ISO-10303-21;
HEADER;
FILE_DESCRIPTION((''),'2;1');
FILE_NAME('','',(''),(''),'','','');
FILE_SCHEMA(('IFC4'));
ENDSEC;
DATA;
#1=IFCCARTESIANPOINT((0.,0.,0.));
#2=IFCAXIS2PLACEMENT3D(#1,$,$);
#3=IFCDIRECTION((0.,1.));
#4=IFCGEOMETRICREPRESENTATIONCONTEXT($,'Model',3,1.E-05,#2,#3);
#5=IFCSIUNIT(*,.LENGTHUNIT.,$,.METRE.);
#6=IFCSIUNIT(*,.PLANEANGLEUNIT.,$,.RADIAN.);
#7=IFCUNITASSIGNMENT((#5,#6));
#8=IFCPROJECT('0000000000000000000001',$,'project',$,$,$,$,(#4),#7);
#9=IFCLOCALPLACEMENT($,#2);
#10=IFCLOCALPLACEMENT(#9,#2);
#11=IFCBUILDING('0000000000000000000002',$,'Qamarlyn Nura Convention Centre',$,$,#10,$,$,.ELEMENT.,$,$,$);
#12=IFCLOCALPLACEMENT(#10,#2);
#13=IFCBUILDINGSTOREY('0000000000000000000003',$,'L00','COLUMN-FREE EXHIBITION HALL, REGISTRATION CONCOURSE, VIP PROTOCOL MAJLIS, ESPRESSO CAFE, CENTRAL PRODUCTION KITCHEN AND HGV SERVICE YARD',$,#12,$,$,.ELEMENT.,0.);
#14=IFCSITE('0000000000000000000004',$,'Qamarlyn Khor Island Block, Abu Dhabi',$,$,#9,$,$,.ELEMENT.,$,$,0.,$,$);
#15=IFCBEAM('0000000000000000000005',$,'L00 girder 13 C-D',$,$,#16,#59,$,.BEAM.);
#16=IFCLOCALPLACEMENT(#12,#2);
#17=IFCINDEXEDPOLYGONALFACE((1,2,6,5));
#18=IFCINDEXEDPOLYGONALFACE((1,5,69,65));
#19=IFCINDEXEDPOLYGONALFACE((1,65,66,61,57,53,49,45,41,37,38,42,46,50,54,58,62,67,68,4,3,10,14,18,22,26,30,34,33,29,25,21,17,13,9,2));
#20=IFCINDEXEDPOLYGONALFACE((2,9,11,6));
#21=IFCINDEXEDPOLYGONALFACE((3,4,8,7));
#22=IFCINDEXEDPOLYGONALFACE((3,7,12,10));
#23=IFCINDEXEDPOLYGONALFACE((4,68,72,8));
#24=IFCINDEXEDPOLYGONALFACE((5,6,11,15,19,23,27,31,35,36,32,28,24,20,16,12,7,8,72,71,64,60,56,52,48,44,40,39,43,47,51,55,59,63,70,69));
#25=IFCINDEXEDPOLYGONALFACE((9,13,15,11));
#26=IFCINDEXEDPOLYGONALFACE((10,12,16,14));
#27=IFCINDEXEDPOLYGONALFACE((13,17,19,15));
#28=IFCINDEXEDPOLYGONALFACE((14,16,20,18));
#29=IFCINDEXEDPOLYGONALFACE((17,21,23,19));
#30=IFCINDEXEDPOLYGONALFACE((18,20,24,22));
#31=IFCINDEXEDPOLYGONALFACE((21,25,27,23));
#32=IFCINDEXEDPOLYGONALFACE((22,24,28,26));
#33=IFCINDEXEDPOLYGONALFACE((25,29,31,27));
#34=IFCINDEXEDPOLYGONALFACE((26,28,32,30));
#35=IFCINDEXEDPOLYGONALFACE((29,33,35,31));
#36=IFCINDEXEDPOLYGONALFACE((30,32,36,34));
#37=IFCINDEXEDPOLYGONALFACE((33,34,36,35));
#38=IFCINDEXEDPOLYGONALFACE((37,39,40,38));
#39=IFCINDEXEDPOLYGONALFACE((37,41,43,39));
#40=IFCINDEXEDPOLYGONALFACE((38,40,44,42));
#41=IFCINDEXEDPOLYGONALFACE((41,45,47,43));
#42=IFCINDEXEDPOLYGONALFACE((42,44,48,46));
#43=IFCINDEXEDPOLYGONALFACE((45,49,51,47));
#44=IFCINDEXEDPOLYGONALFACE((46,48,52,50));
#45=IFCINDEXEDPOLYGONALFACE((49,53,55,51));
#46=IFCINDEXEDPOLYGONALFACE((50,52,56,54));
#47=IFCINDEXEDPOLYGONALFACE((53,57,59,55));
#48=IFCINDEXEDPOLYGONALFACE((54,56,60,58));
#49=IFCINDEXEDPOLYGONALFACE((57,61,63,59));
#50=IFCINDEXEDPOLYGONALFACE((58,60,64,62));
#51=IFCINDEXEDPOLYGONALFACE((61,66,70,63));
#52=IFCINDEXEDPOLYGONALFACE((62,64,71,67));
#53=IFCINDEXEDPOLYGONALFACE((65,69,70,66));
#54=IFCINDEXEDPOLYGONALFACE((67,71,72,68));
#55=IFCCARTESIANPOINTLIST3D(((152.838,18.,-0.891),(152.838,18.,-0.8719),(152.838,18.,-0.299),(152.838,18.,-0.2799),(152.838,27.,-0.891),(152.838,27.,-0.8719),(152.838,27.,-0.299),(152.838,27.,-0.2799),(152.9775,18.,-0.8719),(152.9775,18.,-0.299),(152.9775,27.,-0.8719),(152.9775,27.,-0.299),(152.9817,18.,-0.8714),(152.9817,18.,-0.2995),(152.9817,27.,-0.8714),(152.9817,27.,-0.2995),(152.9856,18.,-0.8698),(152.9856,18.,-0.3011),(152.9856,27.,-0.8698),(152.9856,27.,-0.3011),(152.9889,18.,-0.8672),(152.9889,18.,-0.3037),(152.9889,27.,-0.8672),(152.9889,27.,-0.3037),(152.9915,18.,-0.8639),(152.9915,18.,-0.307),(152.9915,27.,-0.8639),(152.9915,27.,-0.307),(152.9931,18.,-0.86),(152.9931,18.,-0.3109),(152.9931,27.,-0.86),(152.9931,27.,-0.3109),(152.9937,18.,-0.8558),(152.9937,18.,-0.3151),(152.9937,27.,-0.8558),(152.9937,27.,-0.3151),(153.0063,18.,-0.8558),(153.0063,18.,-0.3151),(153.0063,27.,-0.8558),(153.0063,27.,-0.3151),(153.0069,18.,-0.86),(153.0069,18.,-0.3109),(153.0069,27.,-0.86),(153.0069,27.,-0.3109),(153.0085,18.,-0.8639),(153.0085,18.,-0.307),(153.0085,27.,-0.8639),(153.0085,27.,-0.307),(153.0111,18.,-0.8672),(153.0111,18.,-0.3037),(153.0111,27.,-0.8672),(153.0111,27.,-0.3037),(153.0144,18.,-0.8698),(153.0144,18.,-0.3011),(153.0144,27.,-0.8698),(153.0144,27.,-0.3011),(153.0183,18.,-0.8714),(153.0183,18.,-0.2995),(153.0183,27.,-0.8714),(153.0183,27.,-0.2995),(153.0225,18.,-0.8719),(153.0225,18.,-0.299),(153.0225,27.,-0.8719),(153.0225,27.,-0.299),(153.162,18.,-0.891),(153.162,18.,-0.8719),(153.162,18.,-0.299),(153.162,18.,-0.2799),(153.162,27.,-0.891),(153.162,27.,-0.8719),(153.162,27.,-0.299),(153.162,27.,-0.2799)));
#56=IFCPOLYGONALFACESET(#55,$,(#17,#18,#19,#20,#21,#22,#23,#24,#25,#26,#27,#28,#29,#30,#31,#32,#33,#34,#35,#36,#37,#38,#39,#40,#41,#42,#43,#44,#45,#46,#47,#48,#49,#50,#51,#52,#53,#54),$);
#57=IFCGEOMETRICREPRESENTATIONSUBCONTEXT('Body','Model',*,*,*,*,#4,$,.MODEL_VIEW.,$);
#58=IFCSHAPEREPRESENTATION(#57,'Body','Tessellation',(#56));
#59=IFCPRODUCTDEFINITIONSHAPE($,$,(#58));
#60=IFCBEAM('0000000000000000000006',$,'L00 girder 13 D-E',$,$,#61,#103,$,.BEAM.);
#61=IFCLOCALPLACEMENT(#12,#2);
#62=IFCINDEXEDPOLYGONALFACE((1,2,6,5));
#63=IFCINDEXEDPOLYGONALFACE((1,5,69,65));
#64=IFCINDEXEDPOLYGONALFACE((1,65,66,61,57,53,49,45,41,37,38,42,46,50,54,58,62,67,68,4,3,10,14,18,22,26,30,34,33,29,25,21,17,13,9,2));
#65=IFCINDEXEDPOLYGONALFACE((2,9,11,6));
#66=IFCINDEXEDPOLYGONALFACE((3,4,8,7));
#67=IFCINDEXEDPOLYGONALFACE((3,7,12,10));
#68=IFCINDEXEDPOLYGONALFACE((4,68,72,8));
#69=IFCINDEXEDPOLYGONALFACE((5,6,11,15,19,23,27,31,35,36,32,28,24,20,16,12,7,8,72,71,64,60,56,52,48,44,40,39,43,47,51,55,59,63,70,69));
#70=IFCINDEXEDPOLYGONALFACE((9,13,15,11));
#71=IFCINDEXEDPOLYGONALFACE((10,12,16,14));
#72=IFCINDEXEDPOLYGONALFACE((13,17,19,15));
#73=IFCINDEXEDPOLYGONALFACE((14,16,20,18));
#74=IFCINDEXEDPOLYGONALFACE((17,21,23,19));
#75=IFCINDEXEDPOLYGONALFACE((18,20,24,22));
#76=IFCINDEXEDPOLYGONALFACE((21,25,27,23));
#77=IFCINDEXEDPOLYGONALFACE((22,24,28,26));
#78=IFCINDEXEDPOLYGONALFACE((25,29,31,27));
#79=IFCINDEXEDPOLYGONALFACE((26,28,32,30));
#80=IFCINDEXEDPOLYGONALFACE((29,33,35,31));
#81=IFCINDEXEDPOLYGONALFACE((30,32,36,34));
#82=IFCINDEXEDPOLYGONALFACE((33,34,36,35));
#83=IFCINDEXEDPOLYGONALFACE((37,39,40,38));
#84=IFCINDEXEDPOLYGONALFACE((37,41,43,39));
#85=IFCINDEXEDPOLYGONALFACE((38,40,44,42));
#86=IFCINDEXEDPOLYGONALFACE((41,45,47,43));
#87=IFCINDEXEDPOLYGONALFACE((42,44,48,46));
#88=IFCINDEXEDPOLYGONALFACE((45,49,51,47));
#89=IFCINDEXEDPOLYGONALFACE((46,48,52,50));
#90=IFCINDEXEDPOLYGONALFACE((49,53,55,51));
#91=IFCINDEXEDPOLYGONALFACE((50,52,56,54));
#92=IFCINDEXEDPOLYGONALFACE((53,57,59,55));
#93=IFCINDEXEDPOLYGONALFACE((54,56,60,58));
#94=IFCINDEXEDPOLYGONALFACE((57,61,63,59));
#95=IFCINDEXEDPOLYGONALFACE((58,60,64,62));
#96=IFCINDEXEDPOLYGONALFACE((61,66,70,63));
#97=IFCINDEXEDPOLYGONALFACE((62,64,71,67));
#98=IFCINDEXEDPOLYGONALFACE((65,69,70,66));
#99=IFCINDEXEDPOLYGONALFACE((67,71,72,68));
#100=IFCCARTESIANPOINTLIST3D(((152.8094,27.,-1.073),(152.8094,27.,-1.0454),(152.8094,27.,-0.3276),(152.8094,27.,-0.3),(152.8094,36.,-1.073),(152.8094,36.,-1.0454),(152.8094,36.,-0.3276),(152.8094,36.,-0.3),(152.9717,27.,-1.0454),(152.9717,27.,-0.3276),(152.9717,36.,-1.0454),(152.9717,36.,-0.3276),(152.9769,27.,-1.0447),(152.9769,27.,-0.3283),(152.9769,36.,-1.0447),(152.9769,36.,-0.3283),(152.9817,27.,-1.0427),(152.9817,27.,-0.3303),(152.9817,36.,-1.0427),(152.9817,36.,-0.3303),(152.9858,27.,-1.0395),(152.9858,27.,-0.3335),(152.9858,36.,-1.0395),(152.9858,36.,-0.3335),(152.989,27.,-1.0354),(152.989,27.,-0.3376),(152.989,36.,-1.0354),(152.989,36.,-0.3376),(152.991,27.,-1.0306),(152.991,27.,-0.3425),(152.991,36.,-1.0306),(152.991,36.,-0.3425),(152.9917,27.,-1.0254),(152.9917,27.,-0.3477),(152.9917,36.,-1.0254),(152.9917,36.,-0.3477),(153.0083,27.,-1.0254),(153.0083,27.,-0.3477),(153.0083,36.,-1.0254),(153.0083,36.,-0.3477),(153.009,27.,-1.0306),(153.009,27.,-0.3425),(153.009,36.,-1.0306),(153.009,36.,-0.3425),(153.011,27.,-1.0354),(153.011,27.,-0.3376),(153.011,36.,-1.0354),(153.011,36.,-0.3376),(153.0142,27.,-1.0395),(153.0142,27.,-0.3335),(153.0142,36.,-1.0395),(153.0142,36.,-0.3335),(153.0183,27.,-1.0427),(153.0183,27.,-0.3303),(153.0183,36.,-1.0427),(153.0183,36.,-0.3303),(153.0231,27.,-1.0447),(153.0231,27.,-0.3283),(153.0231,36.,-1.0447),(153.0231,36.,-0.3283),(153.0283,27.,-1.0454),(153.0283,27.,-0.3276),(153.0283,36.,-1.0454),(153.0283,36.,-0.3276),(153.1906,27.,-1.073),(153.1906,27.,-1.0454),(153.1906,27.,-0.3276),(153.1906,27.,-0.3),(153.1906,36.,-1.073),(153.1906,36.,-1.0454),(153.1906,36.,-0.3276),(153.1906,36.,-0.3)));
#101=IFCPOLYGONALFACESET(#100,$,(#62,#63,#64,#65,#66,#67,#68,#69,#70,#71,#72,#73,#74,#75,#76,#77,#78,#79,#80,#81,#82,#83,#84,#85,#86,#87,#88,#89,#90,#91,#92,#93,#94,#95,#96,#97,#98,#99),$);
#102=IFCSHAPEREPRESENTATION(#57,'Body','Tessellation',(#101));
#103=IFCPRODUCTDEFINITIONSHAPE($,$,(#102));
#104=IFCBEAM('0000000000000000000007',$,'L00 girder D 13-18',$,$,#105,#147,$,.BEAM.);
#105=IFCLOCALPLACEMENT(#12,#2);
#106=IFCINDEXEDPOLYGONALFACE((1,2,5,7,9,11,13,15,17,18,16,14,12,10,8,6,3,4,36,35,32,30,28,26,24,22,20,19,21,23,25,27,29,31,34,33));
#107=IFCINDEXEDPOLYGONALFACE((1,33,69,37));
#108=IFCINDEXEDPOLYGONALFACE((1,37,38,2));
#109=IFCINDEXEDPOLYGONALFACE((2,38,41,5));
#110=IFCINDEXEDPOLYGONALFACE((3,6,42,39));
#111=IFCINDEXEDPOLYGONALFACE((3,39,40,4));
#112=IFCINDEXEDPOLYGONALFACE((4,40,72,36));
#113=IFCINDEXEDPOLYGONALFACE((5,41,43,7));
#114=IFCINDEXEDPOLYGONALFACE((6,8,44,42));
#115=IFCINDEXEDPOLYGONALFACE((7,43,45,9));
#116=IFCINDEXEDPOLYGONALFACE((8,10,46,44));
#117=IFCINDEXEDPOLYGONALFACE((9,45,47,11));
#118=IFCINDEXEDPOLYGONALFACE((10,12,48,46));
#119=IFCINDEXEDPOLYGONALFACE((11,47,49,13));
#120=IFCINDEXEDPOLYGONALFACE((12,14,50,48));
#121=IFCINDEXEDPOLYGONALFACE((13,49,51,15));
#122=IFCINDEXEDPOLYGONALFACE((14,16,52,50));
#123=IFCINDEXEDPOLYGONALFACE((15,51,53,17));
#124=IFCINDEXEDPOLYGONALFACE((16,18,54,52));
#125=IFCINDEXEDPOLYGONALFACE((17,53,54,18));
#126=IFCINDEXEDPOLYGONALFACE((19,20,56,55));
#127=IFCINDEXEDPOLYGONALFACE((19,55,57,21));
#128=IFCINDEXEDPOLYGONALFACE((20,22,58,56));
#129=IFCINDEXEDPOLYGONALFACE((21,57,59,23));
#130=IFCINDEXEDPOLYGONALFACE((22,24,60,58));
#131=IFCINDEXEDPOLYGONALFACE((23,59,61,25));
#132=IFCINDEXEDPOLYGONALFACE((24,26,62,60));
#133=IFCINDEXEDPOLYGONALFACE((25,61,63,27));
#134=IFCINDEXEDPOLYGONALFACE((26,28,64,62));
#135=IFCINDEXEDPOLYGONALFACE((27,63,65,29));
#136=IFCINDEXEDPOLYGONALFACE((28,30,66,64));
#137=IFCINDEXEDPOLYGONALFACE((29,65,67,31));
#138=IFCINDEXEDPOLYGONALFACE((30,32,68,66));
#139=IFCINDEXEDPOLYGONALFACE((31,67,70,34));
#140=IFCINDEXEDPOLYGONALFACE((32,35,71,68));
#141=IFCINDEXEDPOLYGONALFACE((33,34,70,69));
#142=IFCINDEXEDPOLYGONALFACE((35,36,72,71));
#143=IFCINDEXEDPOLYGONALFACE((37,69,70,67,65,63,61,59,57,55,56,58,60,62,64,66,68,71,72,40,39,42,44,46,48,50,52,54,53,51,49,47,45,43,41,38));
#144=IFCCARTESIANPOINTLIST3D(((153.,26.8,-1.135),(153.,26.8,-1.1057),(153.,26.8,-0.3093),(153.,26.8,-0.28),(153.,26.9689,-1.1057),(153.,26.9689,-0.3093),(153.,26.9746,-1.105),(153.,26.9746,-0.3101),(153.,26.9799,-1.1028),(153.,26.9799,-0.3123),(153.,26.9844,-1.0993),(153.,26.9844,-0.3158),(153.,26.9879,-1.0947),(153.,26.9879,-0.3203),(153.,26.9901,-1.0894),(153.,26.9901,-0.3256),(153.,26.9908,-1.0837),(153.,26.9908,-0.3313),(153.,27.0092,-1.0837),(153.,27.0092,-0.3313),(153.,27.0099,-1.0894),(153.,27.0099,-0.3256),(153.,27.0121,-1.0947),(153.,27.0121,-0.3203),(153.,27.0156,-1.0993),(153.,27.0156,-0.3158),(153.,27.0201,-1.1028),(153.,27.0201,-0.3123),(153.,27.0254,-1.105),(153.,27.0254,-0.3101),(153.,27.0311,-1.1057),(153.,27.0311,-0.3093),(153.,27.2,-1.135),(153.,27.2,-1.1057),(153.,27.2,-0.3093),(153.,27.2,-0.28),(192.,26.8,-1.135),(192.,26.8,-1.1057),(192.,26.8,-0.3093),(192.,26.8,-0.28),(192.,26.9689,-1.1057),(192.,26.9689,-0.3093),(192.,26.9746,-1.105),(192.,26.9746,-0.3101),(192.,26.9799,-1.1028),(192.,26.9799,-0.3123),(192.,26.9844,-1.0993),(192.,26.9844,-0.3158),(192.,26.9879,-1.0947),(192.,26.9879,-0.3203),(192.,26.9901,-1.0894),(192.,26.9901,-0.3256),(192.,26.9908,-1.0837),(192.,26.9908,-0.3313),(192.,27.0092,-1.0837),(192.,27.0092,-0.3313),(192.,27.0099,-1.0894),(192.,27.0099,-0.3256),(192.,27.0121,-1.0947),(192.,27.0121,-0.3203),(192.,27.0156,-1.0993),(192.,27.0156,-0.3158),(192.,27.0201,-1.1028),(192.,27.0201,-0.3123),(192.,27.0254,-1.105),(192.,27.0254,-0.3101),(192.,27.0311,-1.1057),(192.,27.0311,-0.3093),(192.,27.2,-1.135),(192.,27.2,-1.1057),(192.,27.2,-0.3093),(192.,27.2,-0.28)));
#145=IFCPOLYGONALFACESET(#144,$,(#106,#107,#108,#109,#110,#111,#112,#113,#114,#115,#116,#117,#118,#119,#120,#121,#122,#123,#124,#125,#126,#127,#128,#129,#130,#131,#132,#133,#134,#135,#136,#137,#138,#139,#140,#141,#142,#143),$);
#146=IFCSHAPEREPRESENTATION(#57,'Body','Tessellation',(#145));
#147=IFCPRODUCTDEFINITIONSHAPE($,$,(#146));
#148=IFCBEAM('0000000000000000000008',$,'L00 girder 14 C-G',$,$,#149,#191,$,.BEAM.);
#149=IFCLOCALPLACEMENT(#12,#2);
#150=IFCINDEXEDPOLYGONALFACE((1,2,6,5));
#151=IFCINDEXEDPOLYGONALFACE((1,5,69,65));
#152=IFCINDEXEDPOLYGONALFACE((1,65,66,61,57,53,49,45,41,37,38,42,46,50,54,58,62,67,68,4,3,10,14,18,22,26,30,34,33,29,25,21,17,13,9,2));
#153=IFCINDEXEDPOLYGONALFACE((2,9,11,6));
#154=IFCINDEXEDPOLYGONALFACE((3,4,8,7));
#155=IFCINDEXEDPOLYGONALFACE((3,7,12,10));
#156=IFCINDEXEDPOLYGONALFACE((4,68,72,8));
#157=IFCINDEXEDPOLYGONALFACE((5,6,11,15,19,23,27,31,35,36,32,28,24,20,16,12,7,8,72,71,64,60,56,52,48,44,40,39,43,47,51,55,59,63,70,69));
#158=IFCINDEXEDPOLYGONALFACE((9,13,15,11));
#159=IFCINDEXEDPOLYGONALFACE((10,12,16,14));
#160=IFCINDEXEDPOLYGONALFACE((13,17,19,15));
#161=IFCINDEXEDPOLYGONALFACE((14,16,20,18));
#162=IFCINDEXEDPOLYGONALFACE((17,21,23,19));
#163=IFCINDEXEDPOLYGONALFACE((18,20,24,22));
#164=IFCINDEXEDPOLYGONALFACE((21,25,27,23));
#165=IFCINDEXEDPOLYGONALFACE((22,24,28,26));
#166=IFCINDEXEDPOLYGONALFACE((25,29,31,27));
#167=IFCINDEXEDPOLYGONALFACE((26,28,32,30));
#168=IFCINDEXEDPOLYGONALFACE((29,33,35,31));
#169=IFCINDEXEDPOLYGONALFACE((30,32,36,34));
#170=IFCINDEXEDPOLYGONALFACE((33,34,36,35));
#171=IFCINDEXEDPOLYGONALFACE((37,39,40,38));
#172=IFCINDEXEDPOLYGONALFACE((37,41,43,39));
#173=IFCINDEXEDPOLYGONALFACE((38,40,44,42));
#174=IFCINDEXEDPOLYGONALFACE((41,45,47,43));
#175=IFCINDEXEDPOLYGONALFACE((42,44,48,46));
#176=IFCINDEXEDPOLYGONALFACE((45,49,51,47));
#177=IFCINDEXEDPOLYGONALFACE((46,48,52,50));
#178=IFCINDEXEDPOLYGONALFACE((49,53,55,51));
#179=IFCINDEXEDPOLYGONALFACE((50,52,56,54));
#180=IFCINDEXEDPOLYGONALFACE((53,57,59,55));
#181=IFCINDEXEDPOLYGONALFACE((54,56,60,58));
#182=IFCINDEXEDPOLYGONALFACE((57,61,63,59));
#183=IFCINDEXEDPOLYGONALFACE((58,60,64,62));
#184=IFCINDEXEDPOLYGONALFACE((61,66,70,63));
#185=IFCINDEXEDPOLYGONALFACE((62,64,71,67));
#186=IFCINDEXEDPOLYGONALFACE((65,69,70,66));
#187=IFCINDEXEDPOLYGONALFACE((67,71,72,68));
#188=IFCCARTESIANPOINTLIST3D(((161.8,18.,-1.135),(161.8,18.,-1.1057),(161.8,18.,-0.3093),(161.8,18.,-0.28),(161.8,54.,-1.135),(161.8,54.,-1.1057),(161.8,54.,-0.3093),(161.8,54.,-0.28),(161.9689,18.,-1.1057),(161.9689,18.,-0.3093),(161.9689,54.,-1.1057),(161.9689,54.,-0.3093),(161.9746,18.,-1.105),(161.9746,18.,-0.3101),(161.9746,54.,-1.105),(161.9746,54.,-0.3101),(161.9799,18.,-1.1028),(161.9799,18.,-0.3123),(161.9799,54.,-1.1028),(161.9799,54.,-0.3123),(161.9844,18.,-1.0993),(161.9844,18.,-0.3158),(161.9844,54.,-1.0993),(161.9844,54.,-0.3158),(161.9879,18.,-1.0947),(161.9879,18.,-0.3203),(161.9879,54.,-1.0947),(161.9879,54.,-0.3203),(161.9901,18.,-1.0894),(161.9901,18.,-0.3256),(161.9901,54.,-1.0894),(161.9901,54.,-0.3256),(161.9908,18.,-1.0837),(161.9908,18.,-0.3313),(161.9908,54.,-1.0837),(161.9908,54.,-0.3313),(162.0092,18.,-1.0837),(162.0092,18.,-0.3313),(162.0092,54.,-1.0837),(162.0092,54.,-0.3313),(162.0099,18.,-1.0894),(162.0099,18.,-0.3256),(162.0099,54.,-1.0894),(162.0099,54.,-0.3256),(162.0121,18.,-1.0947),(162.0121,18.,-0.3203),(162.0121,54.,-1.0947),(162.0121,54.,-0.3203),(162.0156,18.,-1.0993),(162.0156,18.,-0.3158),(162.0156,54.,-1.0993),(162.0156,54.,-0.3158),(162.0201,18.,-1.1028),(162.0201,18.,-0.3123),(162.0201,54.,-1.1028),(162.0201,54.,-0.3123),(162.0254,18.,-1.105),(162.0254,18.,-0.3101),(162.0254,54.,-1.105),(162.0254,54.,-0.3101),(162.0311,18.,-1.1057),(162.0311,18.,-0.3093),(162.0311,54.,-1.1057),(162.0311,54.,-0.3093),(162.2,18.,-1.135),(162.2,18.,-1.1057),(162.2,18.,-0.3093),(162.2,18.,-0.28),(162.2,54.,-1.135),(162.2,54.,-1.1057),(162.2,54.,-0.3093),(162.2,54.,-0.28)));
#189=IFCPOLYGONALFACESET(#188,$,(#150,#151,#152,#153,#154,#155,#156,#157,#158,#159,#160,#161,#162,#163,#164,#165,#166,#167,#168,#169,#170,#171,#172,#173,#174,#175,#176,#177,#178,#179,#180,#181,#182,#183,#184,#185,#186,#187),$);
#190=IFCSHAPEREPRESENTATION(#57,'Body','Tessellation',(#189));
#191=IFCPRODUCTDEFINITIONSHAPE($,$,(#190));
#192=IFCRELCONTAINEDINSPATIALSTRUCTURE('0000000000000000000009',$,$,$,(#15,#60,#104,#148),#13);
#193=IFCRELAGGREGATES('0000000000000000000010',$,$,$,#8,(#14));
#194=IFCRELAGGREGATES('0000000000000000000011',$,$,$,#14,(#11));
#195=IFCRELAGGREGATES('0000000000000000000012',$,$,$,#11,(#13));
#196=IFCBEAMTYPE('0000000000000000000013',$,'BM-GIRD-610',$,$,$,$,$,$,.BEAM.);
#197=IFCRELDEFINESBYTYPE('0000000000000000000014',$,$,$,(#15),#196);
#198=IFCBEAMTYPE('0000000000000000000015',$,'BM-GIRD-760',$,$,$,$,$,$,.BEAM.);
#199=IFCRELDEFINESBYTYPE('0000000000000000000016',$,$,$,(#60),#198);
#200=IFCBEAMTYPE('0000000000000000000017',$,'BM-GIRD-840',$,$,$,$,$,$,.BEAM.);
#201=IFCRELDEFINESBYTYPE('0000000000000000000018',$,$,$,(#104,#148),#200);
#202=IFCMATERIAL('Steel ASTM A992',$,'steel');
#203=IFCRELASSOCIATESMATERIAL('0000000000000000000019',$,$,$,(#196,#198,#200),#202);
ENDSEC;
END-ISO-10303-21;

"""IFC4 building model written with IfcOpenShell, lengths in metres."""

from ifc_helpers import new_model, si_unit, direction, frame, origin, origin_2d, place, context, subcontext, project, spatial, i_section, extrude, material, material_profile, profile_set, type_object, element, save


model = new_model("IFC4")

# Units and contexts
model_context = context("Model", 3, precision=1e-05, world=origin(), true_north=direction((0.0, 1.0)))
body_context = subcontext(model_context, "Body", "Model", "MODEL_VIEW")
ifc_project = project(units=[si_unit("LENGTHUNIT", "METRE"), si_unit("PLANEANGLEUNIT", "RADIAN")], contexts=[model_context])

# Site, building, storey
site_placement = place(None, origin())
site = spatial("IfcSite", under=ifc_project, at=site_placement, Name="Qamarlyn Khor Island Block, Abu Dhabi", CompositionType="ELEMENT", RefElevation=0.0)
building_placement = place(site_placement, origin())
building = spatial("IfcBuilding", under=site, at=building_placement, Name="Qamarlyn Nura Convention Centre", CompositionType="ELEMENT")
storey_placement = place(building_placement, origin())
storey = spatial("IfcBuildingStorey", under=building, at=storey_placement, Name="L00", Description="COLUMN-FREE EXHIBITION HALL, REGISTRATION CONCOURSE, VIP PROTOCOL MAJLIS, ESPRESSO CAFE, CENTRAL PRODUCTION KITCHEN AND HGV SERVICE YARD", CompositionType="ELEMENT", Elevation=0.0)

# Shared definitions
ifc_material_1 = material(Name="Steel ASTM A992", Category="steel")

# Beams
ifc_material_profile_1 = material_profile(ifc_material_1, i_section(OverallWidth=0.324, OverallDepth=0.6111, WebThickness=0.0127, FlangeThickness=0.019, FilletRadius=0.0161, at=origin_2d()), Name="W610X155")
ifc_profile_set_1 = profile_set([ifc_material_profile_1], Name="Steel ASTM A992")
beam_type_1 = type_object("IfcBeamType", Name="BM-GIRD-610", PredefinedType="BEAM", material=ifc_profile_set_1)
beam_1_placement = place(storey_placement, frame((153.0, 18.0, -0.5854), z_axis=(0.0, 1.0, 0.0), x_axis=(-1.0, 0.0, 0.0)))
element("IfcBeam", 1, at=beam_1_placement, inside=storey, type_object=beam_type_1, Name="L00 girder 13 C-D", PredefinedType="BEAM", context=body_context, shape_type="SweptSolid", body=[
    extrude(i_section(OverallWidth=0.324, OverallDepth=0.6111, WebThickness=0.0127, FlangeThickness=0.019, FilletRadius=0.0161, at=origin_2d()), origin(), (0.0, 0.0, 1.0), 9.0),
])
ifc_material_profile_2 = material_profile(ifc_material_1, i_section(OverallWidth=0.3811, OverallDepth=0.7729, WebThickness=0.0166, FlangeThickness=0.0276, FilletRadius=0.02, at=origin_2d()), Name="W760X257")
ifc_profile_set_2 = profile_set([ifc_material_profile_2], Name="Steel ASTM A992")
beam_type_2 = type_object("IfcBeamType", Name="BM-GIRD-760", PredefinedType="BEAM", material=ifc_profile_set_2)
beam_2_placement = place(storey_placement, frame((153.0, 27.0, -0.6865), z_axis=(0.0, 1.0, 0.0), x_axis=(-1.0, 0.0, 0.0)))
element("IfcBeam", 2, at=beam_2_placement, inside=storey, type_object=beam_type_2, Name="L00 girder 13 D-E", PredefinedType="BEAM", context=body_context, shape_type="SweptSolid", body=[
    extrude(i_section(OverallWidth=0.3811, OverallDepth=0.7729, WebThickness=0.0166, FlangeThickness=0.0276, FilletRadius=0.02, at=origin_2d()), origin(), (0.0, 0.0, 1.0), 9.0),
])
ifc_material_profile_3 = material_profile(ifc_material_1, i_section(OverallWidth=0.3999, OverallDepth=0.855, WebThickness=0.0183, FlangeThickness=0.0293, FilletRadius=0.022, at=origin_2d()), Name="W840X299")
ifc_profile_set_3 = profile_set([ifc_material_profile_3], Name="Steel ASTM A992")
beam_type_3 = type_object("IfcBeamType", Name="BM-GIRD-840", PredefinedType="BEAM", material=ifc_profile_set_3)
beam_3_placement = place(storey_placement, frame((153.0, 27.0, -0.7075), z_axis=(1.0, 0.0, 0.0), x_axis=(0.0, 1.0, 0.0)))
element("IfcBeam", 3, at=beam_3_placement, inside=storey, type_object=beam_type_3, Name="L00 girder D 13-18", PredefinedType="BEAM", context=body_context, shape_type="SweptSolid", body=[
    extrude(i_section(OverallWidth=0.3999, OverallDepth=0.855, WebThickness=0.0183, FlangeThickness=0.0293, FilletRadius=0.022, at=origin_2d()), origin(), (0.0, 0.0, 1.0), 39.0),
])
beam_4_placement = place(storey_placement, frame((162.0, 18.0, -0.7075), z_axis=(0.0, 1.0, 0.0), x_axis=(-1.0, 0.0, 0.0)))
element("IfcBeam", 4, at=beam_4_placement, inside=storey, type_object=beam_type_3, Name="L00 girder 14 C-G", PredefinedType="BEAM", context=body_context, shape_type="SweptSolid", body=[
    extrude(i_section(OverallWidth=0.3999, OverallDepth=0.855, WebThickness=0.0183, FlangeThickness=0.0293, FilletRadius=0.022, at=origin_2d()), origin(), (0.0, 0.0, 1.0), 36.0),
])

save(model, "model.ifc")
